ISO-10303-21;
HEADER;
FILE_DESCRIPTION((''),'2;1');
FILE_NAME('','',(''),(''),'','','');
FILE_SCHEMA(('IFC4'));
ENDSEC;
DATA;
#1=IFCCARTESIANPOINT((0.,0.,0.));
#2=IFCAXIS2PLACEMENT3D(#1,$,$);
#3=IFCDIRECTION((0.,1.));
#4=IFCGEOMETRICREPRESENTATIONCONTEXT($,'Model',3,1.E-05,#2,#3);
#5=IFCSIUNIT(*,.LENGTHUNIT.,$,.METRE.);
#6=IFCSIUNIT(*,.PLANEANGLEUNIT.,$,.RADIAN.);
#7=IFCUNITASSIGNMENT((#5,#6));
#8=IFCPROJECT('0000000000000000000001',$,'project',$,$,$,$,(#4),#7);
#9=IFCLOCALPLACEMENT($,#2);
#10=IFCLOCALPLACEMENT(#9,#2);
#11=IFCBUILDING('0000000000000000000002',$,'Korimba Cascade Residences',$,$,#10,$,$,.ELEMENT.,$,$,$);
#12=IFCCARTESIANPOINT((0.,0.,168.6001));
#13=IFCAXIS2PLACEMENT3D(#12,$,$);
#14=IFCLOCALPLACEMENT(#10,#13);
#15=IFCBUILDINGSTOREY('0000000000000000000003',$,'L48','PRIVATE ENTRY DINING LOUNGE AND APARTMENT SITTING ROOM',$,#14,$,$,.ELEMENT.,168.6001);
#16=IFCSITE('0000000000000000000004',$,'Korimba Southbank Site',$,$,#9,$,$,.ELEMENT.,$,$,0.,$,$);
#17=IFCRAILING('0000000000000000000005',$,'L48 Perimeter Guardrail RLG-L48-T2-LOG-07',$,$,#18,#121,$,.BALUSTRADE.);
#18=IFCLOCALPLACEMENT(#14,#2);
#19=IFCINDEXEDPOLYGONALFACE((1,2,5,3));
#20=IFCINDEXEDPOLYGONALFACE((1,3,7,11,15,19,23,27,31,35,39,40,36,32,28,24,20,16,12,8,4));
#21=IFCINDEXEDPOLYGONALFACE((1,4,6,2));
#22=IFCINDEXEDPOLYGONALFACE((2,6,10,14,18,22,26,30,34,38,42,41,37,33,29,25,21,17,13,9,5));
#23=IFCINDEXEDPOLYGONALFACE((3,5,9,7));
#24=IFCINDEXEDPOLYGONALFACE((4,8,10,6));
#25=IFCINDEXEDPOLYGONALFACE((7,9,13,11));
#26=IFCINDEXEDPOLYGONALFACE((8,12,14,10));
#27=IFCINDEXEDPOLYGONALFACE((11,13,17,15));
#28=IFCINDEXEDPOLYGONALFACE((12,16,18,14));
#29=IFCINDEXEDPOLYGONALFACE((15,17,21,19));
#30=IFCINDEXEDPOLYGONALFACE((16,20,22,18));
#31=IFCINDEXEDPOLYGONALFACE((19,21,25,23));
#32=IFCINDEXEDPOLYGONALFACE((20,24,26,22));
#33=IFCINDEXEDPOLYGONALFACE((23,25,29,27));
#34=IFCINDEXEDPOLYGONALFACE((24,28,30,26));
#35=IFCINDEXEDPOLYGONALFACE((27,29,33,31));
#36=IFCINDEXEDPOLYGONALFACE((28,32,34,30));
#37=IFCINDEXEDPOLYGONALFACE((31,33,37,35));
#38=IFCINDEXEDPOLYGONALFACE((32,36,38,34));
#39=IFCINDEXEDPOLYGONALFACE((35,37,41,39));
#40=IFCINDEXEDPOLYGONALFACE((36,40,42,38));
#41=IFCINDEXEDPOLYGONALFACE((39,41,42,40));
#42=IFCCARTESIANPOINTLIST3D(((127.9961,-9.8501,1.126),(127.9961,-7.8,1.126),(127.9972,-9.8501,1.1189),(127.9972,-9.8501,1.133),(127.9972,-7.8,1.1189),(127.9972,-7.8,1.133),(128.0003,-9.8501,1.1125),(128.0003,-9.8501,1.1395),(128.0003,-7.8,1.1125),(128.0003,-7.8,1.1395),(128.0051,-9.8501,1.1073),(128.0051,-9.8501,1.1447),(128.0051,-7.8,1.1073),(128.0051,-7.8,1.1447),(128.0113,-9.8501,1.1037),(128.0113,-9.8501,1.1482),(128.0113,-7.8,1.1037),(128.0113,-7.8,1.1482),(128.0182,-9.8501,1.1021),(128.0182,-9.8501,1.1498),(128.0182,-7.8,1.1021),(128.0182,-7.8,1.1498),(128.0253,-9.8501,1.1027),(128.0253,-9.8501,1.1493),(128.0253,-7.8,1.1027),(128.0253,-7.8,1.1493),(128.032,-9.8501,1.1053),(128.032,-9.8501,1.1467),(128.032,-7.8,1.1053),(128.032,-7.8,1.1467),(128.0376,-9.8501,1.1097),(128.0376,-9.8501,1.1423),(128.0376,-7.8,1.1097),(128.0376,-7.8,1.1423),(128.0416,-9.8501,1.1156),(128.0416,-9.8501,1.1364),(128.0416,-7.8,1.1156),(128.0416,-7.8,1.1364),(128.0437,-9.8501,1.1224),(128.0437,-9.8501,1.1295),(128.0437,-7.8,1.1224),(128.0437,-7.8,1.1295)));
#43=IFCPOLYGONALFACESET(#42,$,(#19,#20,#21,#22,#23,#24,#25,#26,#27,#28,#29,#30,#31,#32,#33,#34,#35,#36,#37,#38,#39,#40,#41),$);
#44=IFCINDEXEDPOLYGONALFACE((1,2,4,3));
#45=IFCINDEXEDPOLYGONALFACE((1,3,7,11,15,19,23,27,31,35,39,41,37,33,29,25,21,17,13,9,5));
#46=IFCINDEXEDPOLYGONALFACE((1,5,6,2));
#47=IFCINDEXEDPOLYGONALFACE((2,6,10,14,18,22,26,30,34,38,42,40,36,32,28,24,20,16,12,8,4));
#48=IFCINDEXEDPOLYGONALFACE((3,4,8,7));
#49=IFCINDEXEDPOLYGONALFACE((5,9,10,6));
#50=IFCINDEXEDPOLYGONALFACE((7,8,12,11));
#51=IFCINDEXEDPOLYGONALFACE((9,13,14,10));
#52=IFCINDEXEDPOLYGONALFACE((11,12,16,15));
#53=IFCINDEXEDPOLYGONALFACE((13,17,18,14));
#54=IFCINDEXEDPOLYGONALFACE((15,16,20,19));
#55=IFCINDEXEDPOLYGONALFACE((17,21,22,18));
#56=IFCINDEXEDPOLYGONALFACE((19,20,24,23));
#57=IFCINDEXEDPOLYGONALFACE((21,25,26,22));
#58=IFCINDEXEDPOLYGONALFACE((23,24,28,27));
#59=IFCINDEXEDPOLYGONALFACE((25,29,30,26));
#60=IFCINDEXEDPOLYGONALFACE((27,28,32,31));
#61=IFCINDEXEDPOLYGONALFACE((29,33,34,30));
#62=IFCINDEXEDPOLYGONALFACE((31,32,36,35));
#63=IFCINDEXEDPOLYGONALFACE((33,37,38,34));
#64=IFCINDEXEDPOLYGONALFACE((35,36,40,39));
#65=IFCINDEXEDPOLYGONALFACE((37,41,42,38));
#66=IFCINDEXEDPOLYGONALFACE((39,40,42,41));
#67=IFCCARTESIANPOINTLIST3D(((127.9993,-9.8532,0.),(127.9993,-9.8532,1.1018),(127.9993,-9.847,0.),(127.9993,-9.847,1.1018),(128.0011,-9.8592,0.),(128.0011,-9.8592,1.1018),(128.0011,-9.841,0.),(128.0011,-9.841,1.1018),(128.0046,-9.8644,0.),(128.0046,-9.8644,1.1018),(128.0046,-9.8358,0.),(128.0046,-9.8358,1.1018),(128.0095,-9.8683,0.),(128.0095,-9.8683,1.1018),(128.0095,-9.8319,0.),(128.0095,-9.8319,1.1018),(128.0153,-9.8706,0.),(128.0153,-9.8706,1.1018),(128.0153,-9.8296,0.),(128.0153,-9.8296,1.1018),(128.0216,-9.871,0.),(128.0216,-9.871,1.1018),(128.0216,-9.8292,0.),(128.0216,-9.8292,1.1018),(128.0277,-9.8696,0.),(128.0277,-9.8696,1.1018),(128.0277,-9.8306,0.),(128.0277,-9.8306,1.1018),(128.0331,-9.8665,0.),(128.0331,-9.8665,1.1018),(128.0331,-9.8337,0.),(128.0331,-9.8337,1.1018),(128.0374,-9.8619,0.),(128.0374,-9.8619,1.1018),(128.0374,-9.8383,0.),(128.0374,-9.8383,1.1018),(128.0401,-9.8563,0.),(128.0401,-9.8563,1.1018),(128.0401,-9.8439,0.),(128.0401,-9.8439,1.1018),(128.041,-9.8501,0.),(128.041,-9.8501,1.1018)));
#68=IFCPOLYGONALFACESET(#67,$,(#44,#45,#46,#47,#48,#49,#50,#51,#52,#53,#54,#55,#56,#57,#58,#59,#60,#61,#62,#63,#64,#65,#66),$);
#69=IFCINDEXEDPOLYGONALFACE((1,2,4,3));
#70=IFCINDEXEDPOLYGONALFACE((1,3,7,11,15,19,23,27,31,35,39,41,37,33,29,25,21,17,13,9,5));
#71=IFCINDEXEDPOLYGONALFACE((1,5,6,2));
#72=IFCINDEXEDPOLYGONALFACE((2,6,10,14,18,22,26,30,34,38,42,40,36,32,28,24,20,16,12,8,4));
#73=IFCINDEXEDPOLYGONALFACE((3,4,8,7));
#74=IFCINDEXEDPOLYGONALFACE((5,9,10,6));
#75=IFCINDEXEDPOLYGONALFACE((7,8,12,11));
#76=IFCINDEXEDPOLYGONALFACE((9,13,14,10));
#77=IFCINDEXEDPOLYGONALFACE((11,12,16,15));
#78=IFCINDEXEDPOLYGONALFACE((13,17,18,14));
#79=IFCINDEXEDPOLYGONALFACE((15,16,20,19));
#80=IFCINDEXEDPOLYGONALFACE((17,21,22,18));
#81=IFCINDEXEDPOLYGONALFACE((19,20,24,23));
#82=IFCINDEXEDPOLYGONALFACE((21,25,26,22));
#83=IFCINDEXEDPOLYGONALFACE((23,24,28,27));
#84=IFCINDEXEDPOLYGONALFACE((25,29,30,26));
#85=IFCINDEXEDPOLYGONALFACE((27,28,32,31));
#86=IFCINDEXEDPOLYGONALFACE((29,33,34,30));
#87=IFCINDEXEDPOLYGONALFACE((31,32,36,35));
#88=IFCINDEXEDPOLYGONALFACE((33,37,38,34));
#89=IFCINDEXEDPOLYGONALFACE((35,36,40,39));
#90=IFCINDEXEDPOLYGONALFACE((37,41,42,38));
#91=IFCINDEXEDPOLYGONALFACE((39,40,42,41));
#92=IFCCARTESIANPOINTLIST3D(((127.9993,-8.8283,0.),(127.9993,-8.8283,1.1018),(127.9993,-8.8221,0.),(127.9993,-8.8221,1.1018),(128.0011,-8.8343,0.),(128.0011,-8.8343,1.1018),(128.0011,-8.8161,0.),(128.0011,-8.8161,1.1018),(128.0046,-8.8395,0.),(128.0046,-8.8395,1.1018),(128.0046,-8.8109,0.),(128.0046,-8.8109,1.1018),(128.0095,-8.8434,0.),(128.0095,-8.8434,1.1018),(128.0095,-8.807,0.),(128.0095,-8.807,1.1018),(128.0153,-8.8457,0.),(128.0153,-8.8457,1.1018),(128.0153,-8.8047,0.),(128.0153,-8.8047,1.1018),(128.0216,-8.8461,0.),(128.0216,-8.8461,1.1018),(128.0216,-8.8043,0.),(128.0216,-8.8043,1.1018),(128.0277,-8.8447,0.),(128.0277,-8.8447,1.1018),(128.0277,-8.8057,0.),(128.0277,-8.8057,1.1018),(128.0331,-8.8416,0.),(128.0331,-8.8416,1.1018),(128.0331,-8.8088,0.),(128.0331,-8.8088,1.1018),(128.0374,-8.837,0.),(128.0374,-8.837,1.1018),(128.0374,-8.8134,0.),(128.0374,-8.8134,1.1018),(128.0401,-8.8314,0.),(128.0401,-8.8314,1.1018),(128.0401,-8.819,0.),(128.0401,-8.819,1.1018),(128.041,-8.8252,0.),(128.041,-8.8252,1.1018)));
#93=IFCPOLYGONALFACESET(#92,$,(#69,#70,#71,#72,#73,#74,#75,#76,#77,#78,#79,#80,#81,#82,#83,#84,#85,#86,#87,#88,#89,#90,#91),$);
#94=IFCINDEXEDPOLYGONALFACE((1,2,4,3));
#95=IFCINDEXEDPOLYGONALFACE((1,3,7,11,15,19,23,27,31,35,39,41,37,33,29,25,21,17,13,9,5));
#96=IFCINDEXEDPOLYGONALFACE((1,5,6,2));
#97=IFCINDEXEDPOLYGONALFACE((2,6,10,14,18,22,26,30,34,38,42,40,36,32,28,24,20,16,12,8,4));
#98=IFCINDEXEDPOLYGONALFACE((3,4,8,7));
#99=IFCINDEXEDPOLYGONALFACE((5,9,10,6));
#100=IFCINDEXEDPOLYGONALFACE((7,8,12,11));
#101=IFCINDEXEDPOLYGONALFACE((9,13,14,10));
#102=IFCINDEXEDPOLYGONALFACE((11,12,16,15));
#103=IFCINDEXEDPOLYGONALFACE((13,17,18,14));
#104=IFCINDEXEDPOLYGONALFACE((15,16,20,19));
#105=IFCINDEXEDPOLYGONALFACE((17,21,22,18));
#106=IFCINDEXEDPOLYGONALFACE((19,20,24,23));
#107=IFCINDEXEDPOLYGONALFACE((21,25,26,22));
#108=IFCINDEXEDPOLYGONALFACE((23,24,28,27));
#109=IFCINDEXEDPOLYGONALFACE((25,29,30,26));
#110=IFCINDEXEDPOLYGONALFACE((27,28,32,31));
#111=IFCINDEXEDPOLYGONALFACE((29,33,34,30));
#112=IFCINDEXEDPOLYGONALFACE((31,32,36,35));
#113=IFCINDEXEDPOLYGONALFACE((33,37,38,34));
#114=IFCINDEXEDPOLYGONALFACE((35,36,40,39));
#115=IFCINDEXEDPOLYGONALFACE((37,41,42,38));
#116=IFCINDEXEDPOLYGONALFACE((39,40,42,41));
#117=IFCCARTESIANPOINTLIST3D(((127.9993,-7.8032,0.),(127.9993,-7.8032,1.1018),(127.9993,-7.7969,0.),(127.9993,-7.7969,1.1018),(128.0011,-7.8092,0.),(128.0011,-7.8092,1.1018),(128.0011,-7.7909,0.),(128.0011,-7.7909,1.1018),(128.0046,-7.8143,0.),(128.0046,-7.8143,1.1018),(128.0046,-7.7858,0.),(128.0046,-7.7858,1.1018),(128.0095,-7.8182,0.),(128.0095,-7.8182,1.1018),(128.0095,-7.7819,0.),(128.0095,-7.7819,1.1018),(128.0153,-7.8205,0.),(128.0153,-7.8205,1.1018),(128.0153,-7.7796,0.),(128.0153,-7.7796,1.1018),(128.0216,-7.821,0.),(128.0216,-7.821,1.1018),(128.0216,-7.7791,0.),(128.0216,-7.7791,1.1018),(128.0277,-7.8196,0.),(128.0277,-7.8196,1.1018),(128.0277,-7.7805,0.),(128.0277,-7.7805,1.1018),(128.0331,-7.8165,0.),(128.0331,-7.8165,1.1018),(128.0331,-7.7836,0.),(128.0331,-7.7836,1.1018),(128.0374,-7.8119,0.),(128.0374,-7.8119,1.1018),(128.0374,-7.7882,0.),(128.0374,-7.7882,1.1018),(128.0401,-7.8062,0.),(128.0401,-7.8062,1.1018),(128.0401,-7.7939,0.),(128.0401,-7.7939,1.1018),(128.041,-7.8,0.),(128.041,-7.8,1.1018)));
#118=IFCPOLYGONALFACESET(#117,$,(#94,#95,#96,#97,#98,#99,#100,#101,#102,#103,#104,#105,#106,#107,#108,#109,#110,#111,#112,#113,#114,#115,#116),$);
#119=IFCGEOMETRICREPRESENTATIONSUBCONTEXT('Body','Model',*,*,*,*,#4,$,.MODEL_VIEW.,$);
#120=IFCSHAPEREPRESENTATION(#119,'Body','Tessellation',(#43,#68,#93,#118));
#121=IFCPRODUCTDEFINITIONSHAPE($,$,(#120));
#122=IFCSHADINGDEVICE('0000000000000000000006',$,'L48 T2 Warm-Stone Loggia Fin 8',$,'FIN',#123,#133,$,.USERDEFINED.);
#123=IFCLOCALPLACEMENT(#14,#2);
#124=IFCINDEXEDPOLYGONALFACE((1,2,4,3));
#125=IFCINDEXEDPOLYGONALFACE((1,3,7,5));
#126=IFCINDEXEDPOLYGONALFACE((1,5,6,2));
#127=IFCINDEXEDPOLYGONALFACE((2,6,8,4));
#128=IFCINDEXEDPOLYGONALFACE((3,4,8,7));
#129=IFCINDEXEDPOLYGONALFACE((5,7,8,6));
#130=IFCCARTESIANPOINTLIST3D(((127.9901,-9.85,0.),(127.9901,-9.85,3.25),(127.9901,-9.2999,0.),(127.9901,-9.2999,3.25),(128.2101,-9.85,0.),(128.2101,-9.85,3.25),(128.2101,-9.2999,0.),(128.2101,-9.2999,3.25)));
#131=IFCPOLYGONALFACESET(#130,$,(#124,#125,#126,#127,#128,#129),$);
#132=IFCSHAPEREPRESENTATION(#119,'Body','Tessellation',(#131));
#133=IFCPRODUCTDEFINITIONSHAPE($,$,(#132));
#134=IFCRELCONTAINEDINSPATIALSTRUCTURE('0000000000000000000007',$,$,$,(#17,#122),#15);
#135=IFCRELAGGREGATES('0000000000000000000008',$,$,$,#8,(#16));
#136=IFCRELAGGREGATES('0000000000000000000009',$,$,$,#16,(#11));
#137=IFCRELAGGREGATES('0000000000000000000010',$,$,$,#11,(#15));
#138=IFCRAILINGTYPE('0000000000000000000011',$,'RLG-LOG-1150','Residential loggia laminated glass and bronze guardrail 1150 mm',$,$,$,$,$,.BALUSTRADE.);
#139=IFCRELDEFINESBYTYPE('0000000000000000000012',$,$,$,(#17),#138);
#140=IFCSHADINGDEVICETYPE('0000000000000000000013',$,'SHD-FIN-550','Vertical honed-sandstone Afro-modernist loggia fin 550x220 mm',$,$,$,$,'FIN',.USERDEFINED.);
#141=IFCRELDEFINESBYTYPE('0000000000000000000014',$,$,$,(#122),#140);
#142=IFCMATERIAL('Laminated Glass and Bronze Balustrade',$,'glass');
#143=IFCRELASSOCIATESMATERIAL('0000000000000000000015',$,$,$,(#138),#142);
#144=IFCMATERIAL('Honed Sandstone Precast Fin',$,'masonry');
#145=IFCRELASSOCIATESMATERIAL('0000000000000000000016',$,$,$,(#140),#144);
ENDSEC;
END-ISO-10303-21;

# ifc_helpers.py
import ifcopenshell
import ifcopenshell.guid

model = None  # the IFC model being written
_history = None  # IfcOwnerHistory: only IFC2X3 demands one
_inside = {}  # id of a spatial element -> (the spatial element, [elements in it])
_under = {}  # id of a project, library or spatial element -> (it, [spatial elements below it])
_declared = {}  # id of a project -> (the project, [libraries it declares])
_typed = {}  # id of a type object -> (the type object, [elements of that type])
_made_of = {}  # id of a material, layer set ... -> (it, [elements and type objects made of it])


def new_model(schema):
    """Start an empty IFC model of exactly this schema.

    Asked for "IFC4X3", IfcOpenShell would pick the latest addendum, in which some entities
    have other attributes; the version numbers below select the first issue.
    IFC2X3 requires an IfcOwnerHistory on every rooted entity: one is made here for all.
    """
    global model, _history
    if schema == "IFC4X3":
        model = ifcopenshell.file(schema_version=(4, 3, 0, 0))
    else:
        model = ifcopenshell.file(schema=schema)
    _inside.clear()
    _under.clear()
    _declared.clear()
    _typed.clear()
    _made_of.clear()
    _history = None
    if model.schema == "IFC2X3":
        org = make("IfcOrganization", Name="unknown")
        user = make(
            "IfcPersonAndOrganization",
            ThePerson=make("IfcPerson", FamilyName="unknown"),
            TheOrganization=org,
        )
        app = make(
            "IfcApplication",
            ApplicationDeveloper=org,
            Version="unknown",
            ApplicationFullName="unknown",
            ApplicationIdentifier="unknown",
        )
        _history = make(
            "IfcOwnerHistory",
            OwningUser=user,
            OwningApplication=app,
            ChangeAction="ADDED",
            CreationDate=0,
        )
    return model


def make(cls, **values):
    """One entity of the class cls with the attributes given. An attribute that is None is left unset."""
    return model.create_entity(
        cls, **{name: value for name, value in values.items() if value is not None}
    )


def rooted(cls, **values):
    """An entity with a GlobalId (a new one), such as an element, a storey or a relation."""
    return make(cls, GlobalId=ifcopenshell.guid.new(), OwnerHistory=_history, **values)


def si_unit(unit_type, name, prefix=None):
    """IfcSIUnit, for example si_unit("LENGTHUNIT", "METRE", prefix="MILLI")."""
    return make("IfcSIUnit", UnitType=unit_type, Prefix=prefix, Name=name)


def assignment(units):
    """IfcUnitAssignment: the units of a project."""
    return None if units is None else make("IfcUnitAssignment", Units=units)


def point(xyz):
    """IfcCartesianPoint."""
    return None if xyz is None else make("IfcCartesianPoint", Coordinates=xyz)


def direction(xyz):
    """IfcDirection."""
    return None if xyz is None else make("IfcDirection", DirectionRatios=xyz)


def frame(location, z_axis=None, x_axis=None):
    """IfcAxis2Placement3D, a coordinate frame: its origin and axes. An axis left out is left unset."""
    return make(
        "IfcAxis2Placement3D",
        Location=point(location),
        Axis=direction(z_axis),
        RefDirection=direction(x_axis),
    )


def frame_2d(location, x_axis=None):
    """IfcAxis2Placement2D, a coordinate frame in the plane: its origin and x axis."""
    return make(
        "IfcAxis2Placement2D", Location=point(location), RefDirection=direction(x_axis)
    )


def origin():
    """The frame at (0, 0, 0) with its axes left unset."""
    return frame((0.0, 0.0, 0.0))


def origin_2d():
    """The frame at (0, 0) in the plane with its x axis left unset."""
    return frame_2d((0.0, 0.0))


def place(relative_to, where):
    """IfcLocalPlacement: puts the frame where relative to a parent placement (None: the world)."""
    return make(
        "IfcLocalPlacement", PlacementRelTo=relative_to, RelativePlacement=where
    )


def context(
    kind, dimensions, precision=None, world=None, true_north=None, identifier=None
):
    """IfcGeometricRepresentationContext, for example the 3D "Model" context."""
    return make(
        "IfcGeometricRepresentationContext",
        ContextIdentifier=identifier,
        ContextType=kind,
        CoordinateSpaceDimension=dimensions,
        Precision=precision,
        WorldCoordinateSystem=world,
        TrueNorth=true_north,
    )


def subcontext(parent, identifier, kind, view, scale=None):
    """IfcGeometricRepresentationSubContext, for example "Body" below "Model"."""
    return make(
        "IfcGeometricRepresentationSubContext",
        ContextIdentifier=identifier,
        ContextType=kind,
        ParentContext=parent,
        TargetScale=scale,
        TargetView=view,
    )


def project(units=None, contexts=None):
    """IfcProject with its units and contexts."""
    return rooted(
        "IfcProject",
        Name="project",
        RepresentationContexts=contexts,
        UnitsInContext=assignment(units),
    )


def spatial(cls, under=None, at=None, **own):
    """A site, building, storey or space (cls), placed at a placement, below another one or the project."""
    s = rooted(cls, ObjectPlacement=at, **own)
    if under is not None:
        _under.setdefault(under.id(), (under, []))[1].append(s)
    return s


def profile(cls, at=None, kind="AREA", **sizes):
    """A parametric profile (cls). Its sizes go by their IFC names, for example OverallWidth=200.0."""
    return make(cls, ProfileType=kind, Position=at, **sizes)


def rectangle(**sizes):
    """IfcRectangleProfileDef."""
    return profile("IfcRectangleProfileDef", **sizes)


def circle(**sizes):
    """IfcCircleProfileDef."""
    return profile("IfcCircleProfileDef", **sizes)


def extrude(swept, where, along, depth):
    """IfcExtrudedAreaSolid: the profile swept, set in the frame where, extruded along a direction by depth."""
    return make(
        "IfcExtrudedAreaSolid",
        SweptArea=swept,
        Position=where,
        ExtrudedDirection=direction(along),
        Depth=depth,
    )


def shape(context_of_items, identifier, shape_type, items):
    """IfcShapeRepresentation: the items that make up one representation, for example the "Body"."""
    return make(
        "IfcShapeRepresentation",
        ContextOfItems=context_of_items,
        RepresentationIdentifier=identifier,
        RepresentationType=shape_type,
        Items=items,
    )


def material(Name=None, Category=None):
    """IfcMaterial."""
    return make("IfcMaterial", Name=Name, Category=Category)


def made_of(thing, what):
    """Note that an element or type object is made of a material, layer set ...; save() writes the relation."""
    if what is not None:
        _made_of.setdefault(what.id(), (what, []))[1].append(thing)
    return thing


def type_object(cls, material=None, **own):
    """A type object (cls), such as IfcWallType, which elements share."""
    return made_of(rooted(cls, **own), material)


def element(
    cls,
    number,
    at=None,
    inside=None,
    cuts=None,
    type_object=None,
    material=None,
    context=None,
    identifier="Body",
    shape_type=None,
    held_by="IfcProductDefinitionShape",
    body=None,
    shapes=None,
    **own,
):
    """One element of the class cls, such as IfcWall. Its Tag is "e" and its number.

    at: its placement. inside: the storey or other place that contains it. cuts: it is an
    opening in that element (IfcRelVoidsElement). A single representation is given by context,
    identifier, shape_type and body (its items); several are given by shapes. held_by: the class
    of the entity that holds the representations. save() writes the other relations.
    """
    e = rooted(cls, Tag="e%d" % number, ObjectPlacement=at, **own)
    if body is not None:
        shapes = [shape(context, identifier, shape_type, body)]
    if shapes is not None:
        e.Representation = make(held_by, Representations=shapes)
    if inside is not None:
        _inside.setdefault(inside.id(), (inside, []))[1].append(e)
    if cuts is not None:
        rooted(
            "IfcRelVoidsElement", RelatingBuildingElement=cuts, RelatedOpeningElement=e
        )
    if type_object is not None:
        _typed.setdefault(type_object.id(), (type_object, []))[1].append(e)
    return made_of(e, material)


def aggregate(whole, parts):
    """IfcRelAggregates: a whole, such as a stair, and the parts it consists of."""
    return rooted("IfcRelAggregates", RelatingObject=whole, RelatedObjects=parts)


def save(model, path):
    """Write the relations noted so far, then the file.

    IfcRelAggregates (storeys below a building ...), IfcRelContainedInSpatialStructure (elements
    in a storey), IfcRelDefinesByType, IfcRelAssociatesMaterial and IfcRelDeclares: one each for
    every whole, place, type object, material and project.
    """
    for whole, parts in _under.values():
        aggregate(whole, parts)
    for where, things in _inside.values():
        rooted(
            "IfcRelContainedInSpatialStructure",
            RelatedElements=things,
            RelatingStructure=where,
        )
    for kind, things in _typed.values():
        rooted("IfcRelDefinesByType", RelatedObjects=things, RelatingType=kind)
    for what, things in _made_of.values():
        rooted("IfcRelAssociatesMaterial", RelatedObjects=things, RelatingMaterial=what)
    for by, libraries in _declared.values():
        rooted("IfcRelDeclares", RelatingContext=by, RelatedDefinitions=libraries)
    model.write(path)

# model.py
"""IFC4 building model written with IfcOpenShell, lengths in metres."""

from ifc_helpers import new_model, si_unit, direction, frame, origin, origin_2d, place, context, subcontext, project, spatial, rectangle, circle, extrude, material, type_object, element, save


model = new_model("IFC4")

# Units and contexts
model_context = context("Model", 3, precision=1e-05, world=origin(), true_north=direction((0.0, 1.0)))
body_context = subcontext(model_context, "Body", "Model", "MODEL_VIEW")
ifc_project = project(units=[si_unit("LENGTHUNIT", "METRE"), si_unit("PLANEANGLEUNIT", "RADIAN")], contexts=[model_context])

# Site, building, storey
site_placement = place(None, origin())
site = spatial("IfcSite", under=ifc_project, at=site_placement, Name="Korimba Southbank Site", CompositionType="ELEMENT", RefElevation=0.0)
building_placement = place(site_placement, origin())
building = spatial("IfcBuilding", under=site, at=building_placement, Name="Korimba Cascade Residences", CompositionType="ELEMENT")
storey_placement = place(building_placement, frame((0.0, 0.0, 168.6001)))
storey = spatial("IfcBuildingStorey", under=building, at=storey_placement, Name="L48", Description="PRIVATE ENTRY DINING LOUNGE AND APARTMENT SITTING ROOM", CompositionType="ELEMENT", Elevation=168.6001)

# Railing
ifc_material_1 = material(Name="Laminated Glass and Bronze Balustrade", Category="glass")
railing_type = type_object("IfcRailingType", Name="RLG-LOG-1150", Description="Residential loggia laminated glass and bronze guardrail 1150 mm", PredefinedType="BALUSTRADE", material=ifc_material_1)
railing_placement = place(storey_placement, frame((128.02, -9.8501, 0.0)))
element("IfcRailing", 1, at=railing_placement, inside=storey, type_object=railing_type, Name="L48 Perimeter Guardrail RLG-L48-T2-LOG-07", PredefinedType="BALUSTRADE", context=body_context, shape_type="SweptSolid", body=[
    extrude(circle(Radius=0.0239, at=origin_2d()), frame((0.0, 0.0, 1.126), z_axis=(0.0, 1.0, 0.0), x_axis=(-1.0, 0.0, 0.0)), (0.0, 0.0, 1.0), 2.05),
    extrude(circle(Radius=0.021, at=origin_2d()), origin(), (0.0, 0.0, 1.0), 1.1018),
    extrude(circle(Radius=0.021, at=origin_2d()), frame((0.0, 1.0249, 0.0)), (0.0, 0.0, 1.0), 1.1018),
    extrude(circle(Radius=0.021, at=origin_2d()), frame((0.0, 2.05, 0.0)), (0.0, 0.0, 1.0), 1.1018),
])

# Shading device
ifc_material_2 = material(Name="Honed Sandstone Precast Fin", Category="masonry")
shading_device_type = type_object("IfcShadingDeviceType", Name="SHD-FIN-550", Description="Vertical honed-sandstone Afro-modernist loggia fin 550x220 mm", ElementType="FIN", PredefinedType="USERDEFINED", material=ifc_material_2)
shading_device_placement = place(storey_placement, frame((128.1001, -9.575, 0.0), z_axis=(0.0, 0.0, 1.0), x_axis=(1.0, 0.0, 0.0)))
element("IfcShadingDevice", 2, at=shading_device_placement, inside=storey, type_object=shading_device_type, Name="L48 T2 Warm-Stone Loggia Fin 8", ObjectType="FIN", PredefinedType="USERDEFINED", context=body_context, shape_type="SweptSolid", body=[
    extrude(rectangle(XDim=0.22, YDim=0.55, at=origin_2d()), origin(), (0.0, 0.0, 1.0), 3.25),
])

save(model, "model.ifc")
